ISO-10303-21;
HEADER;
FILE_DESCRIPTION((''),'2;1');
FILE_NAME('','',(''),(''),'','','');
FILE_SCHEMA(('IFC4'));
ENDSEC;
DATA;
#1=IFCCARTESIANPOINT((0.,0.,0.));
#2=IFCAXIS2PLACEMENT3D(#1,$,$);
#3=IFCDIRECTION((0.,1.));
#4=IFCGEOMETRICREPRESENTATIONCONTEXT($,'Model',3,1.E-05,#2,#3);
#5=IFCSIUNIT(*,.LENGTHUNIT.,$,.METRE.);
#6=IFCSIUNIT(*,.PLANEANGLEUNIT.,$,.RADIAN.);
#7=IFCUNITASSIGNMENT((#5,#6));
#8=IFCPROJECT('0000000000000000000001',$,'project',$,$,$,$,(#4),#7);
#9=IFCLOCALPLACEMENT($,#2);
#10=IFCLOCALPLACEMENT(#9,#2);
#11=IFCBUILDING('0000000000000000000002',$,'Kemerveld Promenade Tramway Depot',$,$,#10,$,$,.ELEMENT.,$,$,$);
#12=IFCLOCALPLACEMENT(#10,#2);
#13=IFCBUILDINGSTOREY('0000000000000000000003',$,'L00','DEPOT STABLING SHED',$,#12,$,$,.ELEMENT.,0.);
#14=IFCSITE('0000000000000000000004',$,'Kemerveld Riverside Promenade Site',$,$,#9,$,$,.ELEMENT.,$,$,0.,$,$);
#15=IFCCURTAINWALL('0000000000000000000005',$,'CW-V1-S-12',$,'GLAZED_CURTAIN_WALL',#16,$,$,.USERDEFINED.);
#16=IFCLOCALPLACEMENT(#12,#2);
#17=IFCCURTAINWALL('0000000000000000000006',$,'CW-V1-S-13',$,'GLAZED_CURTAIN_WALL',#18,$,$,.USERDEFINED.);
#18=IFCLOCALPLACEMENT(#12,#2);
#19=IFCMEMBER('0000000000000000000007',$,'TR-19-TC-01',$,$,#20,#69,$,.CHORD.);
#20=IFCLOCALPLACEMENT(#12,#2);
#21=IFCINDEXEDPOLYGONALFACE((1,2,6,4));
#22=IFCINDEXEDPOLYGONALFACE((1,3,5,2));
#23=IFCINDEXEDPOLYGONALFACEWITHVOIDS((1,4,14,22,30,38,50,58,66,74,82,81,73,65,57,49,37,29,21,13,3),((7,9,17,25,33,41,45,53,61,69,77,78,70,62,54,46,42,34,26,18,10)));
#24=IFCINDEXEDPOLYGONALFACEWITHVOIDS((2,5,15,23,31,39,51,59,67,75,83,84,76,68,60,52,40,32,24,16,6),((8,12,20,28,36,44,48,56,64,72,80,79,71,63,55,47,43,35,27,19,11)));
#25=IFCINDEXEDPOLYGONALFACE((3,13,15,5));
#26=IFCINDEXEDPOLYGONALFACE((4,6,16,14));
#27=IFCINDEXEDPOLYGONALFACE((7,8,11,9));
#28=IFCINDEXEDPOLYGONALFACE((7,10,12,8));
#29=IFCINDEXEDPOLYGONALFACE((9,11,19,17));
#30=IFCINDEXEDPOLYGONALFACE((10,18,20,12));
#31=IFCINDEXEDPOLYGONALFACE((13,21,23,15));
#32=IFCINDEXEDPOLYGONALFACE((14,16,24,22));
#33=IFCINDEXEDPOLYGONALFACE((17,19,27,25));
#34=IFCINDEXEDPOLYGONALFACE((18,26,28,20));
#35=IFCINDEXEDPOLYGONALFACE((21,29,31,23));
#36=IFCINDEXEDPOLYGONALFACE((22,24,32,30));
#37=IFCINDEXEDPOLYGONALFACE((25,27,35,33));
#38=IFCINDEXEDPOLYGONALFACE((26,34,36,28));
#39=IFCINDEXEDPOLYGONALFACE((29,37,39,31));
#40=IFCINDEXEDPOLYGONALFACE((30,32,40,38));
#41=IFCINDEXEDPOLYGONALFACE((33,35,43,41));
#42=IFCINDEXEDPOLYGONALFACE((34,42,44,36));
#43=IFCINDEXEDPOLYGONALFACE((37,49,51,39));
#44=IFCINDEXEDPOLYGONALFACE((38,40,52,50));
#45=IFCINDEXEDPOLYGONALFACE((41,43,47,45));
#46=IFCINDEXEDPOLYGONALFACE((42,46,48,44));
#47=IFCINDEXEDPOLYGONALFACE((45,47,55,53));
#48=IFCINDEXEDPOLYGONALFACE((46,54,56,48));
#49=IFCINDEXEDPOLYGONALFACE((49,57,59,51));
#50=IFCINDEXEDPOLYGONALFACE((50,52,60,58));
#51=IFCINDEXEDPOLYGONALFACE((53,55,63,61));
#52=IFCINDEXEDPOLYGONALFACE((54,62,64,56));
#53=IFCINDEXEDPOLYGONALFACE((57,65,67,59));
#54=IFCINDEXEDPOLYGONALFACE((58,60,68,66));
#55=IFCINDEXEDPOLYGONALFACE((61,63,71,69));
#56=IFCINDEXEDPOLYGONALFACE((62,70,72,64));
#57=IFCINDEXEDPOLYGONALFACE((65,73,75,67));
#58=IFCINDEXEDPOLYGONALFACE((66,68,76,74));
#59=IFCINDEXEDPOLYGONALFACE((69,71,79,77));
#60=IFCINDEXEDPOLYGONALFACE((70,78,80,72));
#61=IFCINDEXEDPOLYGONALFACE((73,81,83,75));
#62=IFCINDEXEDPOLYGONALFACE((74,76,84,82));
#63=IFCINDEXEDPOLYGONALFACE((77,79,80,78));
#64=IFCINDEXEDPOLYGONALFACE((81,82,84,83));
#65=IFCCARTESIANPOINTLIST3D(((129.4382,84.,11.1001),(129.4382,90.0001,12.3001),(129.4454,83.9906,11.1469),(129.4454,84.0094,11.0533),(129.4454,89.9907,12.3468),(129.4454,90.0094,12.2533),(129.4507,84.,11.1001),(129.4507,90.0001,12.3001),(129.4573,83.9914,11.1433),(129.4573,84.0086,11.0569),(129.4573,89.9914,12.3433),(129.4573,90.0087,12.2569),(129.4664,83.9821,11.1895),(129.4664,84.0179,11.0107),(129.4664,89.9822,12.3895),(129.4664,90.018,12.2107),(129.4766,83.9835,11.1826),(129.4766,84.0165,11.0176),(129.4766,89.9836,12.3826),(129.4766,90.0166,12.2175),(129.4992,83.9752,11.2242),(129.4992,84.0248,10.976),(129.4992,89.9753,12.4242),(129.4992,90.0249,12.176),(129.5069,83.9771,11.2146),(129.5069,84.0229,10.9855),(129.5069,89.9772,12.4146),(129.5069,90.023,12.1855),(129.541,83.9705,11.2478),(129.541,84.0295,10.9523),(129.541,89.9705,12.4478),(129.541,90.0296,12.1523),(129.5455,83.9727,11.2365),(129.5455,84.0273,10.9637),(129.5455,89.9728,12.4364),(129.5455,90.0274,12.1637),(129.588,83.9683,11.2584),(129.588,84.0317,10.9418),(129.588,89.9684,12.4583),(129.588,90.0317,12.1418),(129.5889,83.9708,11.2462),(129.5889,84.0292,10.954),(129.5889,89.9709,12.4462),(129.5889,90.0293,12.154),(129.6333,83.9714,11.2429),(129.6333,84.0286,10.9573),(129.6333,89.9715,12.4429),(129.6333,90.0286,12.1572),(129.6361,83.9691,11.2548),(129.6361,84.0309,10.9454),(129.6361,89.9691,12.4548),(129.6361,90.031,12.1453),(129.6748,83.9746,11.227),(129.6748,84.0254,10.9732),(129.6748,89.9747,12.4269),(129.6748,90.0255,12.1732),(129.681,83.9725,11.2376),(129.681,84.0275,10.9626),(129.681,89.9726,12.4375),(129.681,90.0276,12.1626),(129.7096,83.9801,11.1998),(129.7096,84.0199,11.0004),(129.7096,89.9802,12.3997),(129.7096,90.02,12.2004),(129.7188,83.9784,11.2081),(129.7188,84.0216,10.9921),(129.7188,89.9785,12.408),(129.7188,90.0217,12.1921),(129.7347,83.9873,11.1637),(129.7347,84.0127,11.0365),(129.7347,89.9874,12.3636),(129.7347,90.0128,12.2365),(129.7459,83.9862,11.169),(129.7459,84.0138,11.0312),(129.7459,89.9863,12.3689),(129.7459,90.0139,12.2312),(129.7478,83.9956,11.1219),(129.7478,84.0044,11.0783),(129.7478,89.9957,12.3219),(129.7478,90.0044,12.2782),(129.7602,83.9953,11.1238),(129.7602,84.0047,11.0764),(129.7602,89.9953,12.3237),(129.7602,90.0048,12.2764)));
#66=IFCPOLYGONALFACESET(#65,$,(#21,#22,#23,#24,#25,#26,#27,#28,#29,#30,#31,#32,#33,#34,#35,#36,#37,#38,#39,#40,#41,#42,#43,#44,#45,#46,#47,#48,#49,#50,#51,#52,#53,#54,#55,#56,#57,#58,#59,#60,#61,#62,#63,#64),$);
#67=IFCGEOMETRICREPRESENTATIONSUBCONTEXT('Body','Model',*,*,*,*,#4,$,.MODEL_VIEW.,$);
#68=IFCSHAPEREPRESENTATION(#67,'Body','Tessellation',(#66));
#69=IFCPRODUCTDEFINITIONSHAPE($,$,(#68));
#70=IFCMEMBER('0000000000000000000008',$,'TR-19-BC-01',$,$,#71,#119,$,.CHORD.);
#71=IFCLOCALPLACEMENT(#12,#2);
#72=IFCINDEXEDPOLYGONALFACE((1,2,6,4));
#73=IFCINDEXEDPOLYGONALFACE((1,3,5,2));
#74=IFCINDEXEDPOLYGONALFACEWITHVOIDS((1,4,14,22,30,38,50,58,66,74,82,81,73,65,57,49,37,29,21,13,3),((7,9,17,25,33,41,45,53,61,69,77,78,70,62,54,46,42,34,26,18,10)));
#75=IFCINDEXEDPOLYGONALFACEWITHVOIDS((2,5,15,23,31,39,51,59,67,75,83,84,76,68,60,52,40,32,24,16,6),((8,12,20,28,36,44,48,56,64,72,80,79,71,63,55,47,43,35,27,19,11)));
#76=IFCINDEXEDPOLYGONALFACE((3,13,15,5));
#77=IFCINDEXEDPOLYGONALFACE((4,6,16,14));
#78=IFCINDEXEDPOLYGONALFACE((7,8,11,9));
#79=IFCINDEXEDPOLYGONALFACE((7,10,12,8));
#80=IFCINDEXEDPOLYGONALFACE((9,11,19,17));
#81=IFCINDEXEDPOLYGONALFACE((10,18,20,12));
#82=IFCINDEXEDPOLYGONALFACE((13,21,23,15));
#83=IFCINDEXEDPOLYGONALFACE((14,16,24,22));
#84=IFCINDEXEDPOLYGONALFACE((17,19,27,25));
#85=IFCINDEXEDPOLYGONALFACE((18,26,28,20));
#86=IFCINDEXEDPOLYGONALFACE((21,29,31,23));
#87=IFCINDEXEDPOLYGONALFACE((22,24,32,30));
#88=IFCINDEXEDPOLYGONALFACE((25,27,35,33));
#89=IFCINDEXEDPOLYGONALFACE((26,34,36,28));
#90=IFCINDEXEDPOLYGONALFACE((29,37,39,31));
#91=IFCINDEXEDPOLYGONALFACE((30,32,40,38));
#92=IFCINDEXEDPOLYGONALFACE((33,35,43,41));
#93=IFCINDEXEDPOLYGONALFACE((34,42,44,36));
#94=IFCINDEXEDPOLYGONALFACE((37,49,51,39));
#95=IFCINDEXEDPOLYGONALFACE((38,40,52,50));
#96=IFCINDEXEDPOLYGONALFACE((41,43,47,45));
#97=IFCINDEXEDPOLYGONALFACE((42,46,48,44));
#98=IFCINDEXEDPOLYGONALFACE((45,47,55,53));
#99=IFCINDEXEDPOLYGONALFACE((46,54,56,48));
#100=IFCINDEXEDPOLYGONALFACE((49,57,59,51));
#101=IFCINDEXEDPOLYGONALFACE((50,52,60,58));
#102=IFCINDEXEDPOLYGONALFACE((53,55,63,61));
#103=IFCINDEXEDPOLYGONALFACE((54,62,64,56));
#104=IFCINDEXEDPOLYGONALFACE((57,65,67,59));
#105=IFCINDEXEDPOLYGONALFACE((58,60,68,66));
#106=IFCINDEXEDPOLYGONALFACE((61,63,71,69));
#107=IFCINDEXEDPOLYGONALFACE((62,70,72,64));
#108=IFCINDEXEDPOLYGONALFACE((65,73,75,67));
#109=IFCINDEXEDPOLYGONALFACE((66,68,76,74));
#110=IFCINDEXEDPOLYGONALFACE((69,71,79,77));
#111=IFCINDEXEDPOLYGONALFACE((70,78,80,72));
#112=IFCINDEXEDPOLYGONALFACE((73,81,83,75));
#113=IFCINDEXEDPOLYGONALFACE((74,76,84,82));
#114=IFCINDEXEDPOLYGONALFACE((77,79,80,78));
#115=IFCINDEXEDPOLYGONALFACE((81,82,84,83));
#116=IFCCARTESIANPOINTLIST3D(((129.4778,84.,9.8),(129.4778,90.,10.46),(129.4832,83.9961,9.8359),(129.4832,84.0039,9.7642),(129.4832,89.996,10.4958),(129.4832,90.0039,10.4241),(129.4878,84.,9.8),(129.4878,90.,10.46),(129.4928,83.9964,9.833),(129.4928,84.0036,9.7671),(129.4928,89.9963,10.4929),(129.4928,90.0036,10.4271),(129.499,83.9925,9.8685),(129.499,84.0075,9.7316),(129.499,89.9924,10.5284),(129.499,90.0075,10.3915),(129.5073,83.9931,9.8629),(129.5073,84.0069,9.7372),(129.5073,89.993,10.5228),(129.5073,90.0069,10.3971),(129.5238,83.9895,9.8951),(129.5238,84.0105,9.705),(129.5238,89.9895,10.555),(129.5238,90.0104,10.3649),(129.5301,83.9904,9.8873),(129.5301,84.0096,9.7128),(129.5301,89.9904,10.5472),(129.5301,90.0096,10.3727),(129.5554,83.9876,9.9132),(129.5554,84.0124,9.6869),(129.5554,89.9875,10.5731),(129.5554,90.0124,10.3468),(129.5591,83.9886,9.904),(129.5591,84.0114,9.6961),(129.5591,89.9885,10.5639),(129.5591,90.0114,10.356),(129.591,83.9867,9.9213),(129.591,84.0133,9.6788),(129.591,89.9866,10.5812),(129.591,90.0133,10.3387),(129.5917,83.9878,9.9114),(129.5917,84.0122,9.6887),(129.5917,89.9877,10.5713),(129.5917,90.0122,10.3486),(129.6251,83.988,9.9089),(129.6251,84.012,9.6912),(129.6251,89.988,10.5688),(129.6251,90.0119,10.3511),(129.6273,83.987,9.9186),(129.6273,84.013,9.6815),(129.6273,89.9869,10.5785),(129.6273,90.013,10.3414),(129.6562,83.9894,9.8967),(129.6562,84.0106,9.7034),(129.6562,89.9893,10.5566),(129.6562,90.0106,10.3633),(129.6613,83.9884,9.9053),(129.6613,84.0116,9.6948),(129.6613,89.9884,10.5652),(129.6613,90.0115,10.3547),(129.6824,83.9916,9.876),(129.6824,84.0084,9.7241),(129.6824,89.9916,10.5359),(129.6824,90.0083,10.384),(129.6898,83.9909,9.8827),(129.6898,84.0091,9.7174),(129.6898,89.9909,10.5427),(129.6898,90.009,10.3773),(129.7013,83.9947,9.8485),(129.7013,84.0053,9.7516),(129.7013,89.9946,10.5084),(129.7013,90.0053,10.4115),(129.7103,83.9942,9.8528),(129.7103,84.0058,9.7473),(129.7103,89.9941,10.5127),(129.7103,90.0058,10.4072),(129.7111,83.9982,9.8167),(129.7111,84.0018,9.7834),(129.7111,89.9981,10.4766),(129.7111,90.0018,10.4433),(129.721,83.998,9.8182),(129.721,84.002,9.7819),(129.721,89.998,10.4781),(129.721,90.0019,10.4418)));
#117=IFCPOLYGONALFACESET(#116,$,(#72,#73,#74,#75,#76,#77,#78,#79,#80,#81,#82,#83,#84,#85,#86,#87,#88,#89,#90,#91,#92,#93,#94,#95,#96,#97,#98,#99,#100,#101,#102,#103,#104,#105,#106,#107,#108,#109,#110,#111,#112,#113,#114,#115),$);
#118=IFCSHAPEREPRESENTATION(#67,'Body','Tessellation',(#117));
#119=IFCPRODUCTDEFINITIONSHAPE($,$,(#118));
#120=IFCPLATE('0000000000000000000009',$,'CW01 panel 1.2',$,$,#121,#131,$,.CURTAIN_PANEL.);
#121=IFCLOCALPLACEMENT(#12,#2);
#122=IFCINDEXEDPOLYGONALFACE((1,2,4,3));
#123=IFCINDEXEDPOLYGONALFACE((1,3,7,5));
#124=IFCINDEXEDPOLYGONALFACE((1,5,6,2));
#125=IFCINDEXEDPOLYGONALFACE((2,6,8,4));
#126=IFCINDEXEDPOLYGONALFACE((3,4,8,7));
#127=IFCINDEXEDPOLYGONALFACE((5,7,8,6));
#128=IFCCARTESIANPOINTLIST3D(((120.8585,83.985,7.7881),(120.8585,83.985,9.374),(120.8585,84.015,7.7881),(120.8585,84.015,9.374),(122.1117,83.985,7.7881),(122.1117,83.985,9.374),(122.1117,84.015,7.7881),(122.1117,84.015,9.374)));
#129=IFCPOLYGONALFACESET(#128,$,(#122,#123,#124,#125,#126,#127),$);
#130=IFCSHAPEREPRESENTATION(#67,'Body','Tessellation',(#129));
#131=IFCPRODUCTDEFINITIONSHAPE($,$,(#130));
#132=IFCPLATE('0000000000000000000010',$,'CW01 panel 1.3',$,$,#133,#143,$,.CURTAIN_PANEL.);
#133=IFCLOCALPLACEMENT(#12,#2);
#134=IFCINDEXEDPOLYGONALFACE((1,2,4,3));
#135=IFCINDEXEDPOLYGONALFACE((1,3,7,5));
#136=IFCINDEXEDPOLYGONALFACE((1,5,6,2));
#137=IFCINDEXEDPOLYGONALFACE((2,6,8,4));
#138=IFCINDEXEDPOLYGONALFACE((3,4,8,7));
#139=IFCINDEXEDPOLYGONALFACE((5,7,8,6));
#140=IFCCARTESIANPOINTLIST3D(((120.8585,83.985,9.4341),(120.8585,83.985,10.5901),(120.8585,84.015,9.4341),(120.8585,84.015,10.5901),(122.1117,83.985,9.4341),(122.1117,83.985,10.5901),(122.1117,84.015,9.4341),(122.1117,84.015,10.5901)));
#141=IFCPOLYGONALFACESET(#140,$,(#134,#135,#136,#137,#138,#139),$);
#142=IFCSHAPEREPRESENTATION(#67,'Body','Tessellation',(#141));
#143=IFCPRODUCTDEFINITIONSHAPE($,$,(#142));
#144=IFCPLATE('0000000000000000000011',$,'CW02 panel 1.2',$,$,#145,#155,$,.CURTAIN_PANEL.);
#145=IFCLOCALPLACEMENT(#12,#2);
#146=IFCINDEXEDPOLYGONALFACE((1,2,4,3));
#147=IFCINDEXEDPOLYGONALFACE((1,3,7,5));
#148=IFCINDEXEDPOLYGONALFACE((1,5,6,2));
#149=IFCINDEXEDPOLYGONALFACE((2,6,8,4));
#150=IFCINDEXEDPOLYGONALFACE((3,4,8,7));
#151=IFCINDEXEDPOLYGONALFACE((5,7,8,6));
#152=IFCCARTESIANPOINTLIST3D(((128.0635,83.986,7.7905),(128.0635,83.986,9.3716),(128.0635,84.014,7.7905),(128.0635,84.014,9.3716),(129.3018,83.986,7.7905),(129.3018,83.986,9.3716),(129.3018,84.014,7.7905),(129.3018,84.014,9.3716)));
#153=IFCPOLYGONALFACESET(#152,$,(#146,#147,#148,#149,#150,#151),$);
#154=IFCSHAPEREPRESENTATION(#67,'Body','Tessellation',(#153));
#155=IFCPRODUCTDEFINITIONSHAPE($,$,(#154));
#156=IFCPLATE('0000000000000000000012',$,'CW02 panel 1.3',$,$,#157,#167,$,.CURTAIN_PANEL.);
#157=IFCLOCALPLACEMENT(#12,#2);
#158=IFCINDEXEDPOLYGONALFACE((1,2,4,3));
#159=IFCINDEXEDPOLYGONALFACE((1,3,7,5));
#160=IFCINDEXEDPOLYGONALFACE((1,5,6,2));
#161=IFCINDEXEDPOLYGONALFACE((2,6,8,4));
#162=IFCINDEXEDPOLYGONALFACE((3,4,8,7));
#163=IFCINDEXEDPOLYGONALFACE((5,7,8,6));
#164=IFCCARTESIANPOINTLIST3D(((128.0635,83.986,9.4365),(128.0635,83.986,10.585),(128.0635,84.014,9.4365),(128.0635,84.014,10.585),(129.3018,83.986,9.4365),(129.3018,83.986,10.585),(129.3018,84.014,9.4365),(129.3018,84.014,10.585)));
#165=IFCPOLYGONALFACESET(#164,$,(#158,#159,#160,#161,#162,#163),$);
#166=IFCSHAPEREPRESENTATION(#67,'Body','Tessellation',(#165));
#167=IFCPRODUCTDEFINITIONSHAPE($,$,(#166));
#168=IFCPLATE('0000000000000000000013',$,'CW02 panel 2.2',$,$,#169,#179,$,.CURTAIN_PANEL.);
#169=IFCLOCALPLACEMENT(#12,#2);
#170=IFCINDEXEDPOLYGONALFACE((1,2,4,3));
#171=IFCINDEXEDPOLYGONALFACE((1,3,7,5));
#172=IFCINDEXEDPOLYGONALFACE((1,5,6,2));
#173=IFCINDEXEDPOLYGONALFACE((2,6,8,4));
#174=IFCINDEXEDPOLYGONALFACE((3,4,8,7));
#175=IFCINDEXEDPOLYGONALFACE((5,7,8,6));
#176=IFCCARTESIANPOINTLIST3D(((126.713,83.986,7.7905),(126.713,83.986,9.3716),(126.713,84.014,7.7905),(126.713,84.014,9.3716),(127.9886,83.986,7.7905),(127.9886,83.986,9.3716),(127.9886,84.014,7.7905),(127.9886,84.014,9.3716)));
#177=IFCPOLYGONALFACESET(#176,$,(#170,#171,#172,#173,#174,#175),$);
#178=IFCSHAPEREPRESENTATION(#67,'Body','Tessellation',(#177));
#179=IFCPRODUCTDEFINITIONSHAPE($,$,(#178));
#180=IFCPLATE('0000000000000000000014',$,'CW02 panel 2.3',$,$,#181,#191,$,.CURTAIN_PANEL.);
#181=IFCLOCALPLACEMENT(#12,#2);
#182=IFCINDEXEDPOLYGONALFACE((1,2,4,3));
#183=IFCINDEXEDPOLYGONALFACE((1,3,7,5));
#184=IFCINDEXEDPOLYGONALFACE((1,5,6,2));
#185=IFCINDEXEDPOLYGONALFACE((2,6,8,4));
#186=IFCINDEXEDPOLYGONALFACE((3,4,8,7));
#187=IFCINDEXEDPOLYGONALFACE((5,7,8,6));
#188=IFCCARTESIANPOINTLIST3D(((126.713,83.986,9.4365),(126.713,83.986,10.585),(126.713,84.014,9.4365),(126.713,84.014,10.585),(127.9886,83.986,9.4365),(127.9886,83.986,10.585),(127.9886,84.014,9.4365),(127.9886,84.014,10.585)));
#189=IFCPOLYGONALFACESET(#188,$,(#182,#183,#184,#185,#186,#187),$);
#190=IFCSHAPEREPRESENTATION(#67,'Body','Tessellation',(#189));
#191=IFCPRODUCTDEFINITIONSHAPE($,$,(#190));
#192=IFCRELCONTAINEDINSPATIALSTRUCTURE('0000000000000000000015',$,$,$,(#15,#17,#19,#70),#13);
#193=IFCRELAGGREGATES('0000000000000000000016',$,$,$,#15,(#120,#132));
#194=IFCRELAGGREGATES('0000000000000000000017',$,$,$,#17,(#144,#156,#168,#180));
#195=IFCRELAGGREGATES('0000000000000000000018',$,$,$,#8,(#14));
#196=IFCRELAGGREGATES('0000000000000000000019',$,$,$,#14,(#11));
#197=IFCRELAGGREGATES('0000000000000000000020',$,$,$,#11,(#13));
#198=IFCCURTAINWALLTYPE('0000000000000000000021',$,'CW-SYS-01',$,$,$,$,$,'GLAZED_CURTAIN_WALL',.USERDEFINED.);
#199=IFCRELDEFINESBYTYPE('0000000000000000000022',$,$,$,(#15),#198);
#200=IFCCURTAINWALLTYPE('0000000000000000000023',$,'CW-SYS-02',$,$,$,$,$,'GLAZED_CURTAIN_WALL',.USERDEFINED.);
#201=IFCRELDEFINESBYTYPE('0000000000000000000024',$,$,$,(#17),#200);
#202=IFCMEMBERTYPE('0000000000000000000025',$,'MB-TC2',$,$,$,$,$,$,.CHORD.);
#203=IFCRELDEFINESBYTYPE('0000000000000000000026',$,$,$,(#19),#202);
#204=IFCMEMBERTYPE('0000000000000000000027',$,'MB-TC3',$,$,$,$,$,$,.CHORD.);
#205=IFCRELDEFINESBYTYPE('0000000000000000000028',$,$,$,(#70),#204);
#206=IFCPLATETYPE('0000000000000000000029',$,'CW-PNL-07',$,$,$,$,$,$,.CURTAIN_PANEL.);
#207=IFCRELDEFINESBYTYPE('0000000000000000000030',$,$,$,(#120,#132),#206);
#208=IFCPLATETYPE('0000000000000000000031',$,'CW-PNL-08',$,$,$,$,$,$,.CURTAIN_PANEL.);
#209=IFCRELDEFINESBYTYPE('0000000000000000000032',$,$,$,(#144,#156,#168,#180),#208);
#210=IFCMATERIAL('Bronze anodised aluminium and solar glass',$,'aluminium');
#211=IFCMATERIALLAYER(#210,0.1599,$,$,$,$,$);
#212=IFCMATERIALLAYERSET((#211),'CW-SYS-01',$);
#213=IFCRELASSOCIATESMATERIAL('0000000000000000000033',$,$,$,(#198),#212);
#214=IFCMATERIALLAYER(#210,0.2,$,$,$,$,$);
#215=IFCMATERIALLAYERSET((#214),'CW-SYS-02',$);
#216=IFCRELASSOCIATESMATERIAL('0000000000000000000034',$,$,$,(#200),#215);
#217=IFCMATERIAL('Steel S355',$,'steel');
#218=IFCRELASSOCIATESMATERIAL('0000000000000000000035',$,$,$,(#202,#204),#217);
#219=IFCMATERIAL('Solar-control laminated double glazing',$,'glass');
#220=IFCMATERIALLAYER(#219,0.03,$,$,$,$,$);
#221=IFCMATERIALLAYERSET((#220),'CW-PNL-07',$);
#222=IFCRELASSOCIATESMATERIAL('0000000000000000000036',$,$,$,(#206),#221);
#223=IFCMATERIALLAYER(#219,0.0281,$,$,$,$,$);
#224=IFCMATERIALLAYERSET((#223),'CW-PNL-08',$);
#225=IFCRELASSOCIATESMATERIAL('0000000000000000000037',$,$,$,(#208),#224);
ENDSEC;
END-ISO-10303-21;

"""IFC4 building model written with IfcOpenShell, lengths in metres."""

from ifc_helpers import new_model, si_unit, direction, frame, origin, origin_2d, place, context, subcontext, project, spatial, rectangle, hollow_circle, extrude, material, layer, layer_set, material_profile, profile_set, type_object, element, aggregate, save


model = new_model("IFC4")

# Units and contexts
model_context = context("Model", 3, precision=1e-05, world=origin(), true_north=direction((0.0, 1.0)))
body_context = subcontext(model_context, "Body", "Model", "MODEL_VIEW")
ifc_project = project(units=[si_unit("LENGTHUNIT", "METRE"), si_unit("PLANEANGLEUNIT", "RADIAN")], contexts=[model_context])

# Site, building, storey
site_placement = place(None, origin())
site = spatial("IfcSite", under=ifc_project, at=site_placement, Name="Kemerveld Riverside Promenade Site", CompositionType="ELEMENT", RefElevation=0.0)
building_placement = place(site_placement, origin())
building = spatial("IfcBuilding", under=site, at=building_placement, Name="Kemerveld Promenade Tramway Depot", CompositionType="ELEMENT")
storey_placement = place(building_placement, origin())
storey = spatial("IfcBuildingStorey", under=building, at=storey_placement, Name="L00", Description="DEPOT STABLING SHED", CompositionType="ELEMENT", Elevation=0.0)

# Shared definitions
ifc_material_1 = material(Name="Steel S355", Category="steel")

# Curtain walls
ifc_material_2 = material(Name="Bronze anodised aluminium and solar glass", Category="aluminium")
ifc_layer_1 = layer(ifc_material_2, 0.1599)
ifc_layer_set_1 = layer_set([ifc_layer_1], Name="CW-SYS-01")
curtain_wall_type_1 = type_object("IfcCurtainWallType", Name="CW-SYS-01", ElementType="GLAZED_CURTAIN_WALL", PredefinedType="USERDEFINED", material=ifc_layer_set_1)
curtain_wall_1_placement = place(storey_placement, origin())
curtain_wall_1 = element("IfcCurtainWall", 1, at=curtain_wall_1_placement, inside=storey, type_object=curtain_wall_type_1, Name="CW-V1-S-12", ObjectType="GLAZED_CURTAIN_WALL", PredefinedType="USERDEFINED")
ifc_layer_2 = layer(ifc_material_2, 0.2)
ifc_layer_set_2 = layer_set([ifc_layer_2], Name="CW-SYS-02")
curtain_wall_type_2 = type_object("IfcCurtainWallType", Name="CW-SYS-02", ElementType="GLAZED_CURTAIN_WALL", PredefinedType="USERDEFINED", material=ifc_layer_set_2)
curtain_wall_2_placement = place(storey_placement, origin())
curtain_wall_2 = element("IfcCurtainWall", 2, at=curtain_wall_2_placement, inside=storey, type_object=curtain_wall_type_2, Name="CW-V1-S-13", ObjectType="GLAZED_CURTAIN_WALL", PredefinedType="USERDEFINED")

# Members
ifc_material_profile_1 = material_profile(ifc_material_1, hollow_circle(Radius=0.1619, WallThickness=0.0125, at=origin_2d()), Name="323.9x12.5 CHS")
ifc_profile_set_1 = profile_set([ifc_material_profile_1], Name="Steel S355")
member_type_1 = type_object("IfcMemberType", Name="MB-TC2", PredefinedType="CHORD", material=ifc_profile_set_1)
member_1_placement = place(storey_placement, frame((129.6001, 84.0, 11.1001), z_axis=(0.0, 0.980582, 0.196108), x_axis=(-1.0, 0.0, 0.0)))
element("IfcMember", 3, at=member_1_placement, inside=storey, type_object=member_type_1, Name="TR-19-TC-01", PredefinedType="CHORD", context=body_context, shape_type="SweptSolid", body=[
    extrude(hollow_circle(Radius=0.1619, WallThickness=0.0125, at=origin_2d()), origin(), (0.0, 0.0, 1.0), 6.1189),
])
ifc_material_profile_2 = material_profile(ifc_material_1, hollow_circle(Radius=0.1223, WallThickness=0.01, at=origin_2d()), Name="244.5x10.0 CHS")
ifc_profile_set_2 = profile_set([ifc_material_profile_2], Name="Steel S355")
member_type_2 = type_object("IfcMemberType", Name="MB-TC3", PredefinedType="CHORD", material=ifc_profile_set_2)
member_2_placement = place(storey_placement, frame((129.6001, 84.0, 9.8), z_axis=(0.0, 0.994006, 0.109326), x_axis=(-1.0, 0.0, 0.0)))
element("IfcMember", 4, at=member_2_placement, inside=storey, type_object=member_type_2, Name="TR-19-BC-01", PredefinedType="CHORD", context=body_context, shape_type="SweptSolid", body=[
    extrude(hollow_circle(Radius=0.1223, WallThickness=0.01, at=origin_2d()), origin(), (0.0, 0.0, 1.0), 6.0361),
])

# Plates
ifc_material_3 = material(Name="Solar-control laminated double glazing", Category="glass")
ifc_layer_3 = layer(ifc_material_3, 0.03)
ifc_layer_set_3 = layer_set([ifc_layer_3], Name="CW-PNL-07")
plate_type_1 = type_object("IfcPlateType", Name="CW-PNL-07", PredefinedType="CURTAIN_PANEL", material=ifc_layer_set_3)
plate_1_placement = place(storey_placement, frame((121.4851, 84.0, 7.7881), z_axis=(0.0, 0.0, 1.0), x_axis=(-1.0, 0.0, 0.0)))
plate_1 = element("IfcPlate", 5, at=plate_1_placement, type_object=plate_type_1, Name="CW01 panel 1.2", PredefinedType="CURTAIN_PANEL", context=body_context, shape_type="SweptSolid", body=[
    extrude(rectangle(XDim=1.2532, YDim=0.03, at=origin_2d()), origin(), (0.0, 0.0, 1.0), 1.5859),
])
plate_2_placement = place(storey_placement, frame((121.4851, 84.0, 9.4341), z_axis=(0.0, 0.0, 1.0), x_axis=(-1.0, 0.0, 0.0)))
plate_2 = element("IfcPlate", 6, at=plate_2_placement, type_object=plate_type_1, Name="CW01 panel 1.3", PredefinedType="CURTAIN_PANEL", context=body_context, shape_type="SweptSolid", body=[
    extrude(rectangle(XDim=1.2532, YDim=0.03, at=origin_2d()), origin(), (0.0, 0.0, 1.0), 1.156),
])
aggregate(curtain_wall_1, [plate_1, plate_2])
ifc_layer_4 = layer(ifc_material_3, 0.0281)
ifc_layer_set_4 = layer_set([ifc_layer_4], Name="CW-PNL-08")
plate_type_2 = type_object("IfcPlateType", Name="CW-PNL-08", PredefinedType="CURTAIN_PANEL", material=ifc_layer_set_4)
plate_3_placement = place(storey_placement, frame((128.6826, 84.0, 7.7905), z_axis=(0.0, 0.0, 1.0), x_axis=(-1.0, 0.0, 0.0)))
plate_3 = element("IfcPlate", 7, at=plate_3_placement, type_object=plate_type_2, Name="CW02 panel 1.2", PredefinedType="CURTAIN_PANEL", context=body_context, shape_type="SweptSolid", body=[
    extrude(rectangle(XDim=1.2383, YDim=0.0281, at=origin_2d()), origin(), (0.0, 0.0, 1.0), 1.5811),
])
plate_4_placement = place(storey_placement, frame((128.6826, 84.0, 9.4365), z_axis=(0.0, 0.0, 1.0), x_axis=(-1.0, 0.0, 0.0)))
plate_4 = element("IfcPlate", 8, at=plate_4_placement, type_object=plate_type_2, Name="CW02 panel 1.3", PredefinedType="CURTAIN_PANEL", context=body_context, shape_type="SweptSolid", body=[
    extrude(rectangle(XDim=1.2383, YDim=0.0281, at=origin_2d()), origin(), (0.0, 0.0, 1.0), 1.1484),
])
plate_5_placement = place(storey_placement, frame((127.3508, 84.0, 7.7905), z_axis=(0.0, 0.0, 1.0), x_axis=(-1.0, 0.0, 0.0)))
plate_5 = element("IfcPlate", 9, at=plate_5_placement, type_object=plate_type_2, Name="CW02 panel 2.2", PredefinedType="CURTAIN_PANEL", context=body_context, shape_type="SweptSolid", body=[
    extrude(rectangle(XDim=1.2756, YDim=0.0281, at=origin_2d()), origin(), (0.0, 0.0, 1.0), 1.5811),
])
plate_6_placement = place(storey_placement, frame((127.3508, 84.0, 9.4365), z_axis=(0.0, 0.0, 1.0), x_axis=(-1.0, 0.0, 0.0)))
plate_6 = element("IfcPlate", 10, at=plate_6_placement, type_object=plate_type_2, Name="CW02 panel 2.3", PredefinedType="CURTAIN_PANEL", context=body_context, shape_type="SweptSolid", body=[
    extrude(rectangle(XDim=1.2756, YDim=0.0281, at=origin_2d()), origin(), (0.0, 0.0, 1.0), 1.1484),
])
aggregate(curtain_wall_2, [plate_3, plate_4, plate_5, plate_6])

save(model, "model.ifc")
